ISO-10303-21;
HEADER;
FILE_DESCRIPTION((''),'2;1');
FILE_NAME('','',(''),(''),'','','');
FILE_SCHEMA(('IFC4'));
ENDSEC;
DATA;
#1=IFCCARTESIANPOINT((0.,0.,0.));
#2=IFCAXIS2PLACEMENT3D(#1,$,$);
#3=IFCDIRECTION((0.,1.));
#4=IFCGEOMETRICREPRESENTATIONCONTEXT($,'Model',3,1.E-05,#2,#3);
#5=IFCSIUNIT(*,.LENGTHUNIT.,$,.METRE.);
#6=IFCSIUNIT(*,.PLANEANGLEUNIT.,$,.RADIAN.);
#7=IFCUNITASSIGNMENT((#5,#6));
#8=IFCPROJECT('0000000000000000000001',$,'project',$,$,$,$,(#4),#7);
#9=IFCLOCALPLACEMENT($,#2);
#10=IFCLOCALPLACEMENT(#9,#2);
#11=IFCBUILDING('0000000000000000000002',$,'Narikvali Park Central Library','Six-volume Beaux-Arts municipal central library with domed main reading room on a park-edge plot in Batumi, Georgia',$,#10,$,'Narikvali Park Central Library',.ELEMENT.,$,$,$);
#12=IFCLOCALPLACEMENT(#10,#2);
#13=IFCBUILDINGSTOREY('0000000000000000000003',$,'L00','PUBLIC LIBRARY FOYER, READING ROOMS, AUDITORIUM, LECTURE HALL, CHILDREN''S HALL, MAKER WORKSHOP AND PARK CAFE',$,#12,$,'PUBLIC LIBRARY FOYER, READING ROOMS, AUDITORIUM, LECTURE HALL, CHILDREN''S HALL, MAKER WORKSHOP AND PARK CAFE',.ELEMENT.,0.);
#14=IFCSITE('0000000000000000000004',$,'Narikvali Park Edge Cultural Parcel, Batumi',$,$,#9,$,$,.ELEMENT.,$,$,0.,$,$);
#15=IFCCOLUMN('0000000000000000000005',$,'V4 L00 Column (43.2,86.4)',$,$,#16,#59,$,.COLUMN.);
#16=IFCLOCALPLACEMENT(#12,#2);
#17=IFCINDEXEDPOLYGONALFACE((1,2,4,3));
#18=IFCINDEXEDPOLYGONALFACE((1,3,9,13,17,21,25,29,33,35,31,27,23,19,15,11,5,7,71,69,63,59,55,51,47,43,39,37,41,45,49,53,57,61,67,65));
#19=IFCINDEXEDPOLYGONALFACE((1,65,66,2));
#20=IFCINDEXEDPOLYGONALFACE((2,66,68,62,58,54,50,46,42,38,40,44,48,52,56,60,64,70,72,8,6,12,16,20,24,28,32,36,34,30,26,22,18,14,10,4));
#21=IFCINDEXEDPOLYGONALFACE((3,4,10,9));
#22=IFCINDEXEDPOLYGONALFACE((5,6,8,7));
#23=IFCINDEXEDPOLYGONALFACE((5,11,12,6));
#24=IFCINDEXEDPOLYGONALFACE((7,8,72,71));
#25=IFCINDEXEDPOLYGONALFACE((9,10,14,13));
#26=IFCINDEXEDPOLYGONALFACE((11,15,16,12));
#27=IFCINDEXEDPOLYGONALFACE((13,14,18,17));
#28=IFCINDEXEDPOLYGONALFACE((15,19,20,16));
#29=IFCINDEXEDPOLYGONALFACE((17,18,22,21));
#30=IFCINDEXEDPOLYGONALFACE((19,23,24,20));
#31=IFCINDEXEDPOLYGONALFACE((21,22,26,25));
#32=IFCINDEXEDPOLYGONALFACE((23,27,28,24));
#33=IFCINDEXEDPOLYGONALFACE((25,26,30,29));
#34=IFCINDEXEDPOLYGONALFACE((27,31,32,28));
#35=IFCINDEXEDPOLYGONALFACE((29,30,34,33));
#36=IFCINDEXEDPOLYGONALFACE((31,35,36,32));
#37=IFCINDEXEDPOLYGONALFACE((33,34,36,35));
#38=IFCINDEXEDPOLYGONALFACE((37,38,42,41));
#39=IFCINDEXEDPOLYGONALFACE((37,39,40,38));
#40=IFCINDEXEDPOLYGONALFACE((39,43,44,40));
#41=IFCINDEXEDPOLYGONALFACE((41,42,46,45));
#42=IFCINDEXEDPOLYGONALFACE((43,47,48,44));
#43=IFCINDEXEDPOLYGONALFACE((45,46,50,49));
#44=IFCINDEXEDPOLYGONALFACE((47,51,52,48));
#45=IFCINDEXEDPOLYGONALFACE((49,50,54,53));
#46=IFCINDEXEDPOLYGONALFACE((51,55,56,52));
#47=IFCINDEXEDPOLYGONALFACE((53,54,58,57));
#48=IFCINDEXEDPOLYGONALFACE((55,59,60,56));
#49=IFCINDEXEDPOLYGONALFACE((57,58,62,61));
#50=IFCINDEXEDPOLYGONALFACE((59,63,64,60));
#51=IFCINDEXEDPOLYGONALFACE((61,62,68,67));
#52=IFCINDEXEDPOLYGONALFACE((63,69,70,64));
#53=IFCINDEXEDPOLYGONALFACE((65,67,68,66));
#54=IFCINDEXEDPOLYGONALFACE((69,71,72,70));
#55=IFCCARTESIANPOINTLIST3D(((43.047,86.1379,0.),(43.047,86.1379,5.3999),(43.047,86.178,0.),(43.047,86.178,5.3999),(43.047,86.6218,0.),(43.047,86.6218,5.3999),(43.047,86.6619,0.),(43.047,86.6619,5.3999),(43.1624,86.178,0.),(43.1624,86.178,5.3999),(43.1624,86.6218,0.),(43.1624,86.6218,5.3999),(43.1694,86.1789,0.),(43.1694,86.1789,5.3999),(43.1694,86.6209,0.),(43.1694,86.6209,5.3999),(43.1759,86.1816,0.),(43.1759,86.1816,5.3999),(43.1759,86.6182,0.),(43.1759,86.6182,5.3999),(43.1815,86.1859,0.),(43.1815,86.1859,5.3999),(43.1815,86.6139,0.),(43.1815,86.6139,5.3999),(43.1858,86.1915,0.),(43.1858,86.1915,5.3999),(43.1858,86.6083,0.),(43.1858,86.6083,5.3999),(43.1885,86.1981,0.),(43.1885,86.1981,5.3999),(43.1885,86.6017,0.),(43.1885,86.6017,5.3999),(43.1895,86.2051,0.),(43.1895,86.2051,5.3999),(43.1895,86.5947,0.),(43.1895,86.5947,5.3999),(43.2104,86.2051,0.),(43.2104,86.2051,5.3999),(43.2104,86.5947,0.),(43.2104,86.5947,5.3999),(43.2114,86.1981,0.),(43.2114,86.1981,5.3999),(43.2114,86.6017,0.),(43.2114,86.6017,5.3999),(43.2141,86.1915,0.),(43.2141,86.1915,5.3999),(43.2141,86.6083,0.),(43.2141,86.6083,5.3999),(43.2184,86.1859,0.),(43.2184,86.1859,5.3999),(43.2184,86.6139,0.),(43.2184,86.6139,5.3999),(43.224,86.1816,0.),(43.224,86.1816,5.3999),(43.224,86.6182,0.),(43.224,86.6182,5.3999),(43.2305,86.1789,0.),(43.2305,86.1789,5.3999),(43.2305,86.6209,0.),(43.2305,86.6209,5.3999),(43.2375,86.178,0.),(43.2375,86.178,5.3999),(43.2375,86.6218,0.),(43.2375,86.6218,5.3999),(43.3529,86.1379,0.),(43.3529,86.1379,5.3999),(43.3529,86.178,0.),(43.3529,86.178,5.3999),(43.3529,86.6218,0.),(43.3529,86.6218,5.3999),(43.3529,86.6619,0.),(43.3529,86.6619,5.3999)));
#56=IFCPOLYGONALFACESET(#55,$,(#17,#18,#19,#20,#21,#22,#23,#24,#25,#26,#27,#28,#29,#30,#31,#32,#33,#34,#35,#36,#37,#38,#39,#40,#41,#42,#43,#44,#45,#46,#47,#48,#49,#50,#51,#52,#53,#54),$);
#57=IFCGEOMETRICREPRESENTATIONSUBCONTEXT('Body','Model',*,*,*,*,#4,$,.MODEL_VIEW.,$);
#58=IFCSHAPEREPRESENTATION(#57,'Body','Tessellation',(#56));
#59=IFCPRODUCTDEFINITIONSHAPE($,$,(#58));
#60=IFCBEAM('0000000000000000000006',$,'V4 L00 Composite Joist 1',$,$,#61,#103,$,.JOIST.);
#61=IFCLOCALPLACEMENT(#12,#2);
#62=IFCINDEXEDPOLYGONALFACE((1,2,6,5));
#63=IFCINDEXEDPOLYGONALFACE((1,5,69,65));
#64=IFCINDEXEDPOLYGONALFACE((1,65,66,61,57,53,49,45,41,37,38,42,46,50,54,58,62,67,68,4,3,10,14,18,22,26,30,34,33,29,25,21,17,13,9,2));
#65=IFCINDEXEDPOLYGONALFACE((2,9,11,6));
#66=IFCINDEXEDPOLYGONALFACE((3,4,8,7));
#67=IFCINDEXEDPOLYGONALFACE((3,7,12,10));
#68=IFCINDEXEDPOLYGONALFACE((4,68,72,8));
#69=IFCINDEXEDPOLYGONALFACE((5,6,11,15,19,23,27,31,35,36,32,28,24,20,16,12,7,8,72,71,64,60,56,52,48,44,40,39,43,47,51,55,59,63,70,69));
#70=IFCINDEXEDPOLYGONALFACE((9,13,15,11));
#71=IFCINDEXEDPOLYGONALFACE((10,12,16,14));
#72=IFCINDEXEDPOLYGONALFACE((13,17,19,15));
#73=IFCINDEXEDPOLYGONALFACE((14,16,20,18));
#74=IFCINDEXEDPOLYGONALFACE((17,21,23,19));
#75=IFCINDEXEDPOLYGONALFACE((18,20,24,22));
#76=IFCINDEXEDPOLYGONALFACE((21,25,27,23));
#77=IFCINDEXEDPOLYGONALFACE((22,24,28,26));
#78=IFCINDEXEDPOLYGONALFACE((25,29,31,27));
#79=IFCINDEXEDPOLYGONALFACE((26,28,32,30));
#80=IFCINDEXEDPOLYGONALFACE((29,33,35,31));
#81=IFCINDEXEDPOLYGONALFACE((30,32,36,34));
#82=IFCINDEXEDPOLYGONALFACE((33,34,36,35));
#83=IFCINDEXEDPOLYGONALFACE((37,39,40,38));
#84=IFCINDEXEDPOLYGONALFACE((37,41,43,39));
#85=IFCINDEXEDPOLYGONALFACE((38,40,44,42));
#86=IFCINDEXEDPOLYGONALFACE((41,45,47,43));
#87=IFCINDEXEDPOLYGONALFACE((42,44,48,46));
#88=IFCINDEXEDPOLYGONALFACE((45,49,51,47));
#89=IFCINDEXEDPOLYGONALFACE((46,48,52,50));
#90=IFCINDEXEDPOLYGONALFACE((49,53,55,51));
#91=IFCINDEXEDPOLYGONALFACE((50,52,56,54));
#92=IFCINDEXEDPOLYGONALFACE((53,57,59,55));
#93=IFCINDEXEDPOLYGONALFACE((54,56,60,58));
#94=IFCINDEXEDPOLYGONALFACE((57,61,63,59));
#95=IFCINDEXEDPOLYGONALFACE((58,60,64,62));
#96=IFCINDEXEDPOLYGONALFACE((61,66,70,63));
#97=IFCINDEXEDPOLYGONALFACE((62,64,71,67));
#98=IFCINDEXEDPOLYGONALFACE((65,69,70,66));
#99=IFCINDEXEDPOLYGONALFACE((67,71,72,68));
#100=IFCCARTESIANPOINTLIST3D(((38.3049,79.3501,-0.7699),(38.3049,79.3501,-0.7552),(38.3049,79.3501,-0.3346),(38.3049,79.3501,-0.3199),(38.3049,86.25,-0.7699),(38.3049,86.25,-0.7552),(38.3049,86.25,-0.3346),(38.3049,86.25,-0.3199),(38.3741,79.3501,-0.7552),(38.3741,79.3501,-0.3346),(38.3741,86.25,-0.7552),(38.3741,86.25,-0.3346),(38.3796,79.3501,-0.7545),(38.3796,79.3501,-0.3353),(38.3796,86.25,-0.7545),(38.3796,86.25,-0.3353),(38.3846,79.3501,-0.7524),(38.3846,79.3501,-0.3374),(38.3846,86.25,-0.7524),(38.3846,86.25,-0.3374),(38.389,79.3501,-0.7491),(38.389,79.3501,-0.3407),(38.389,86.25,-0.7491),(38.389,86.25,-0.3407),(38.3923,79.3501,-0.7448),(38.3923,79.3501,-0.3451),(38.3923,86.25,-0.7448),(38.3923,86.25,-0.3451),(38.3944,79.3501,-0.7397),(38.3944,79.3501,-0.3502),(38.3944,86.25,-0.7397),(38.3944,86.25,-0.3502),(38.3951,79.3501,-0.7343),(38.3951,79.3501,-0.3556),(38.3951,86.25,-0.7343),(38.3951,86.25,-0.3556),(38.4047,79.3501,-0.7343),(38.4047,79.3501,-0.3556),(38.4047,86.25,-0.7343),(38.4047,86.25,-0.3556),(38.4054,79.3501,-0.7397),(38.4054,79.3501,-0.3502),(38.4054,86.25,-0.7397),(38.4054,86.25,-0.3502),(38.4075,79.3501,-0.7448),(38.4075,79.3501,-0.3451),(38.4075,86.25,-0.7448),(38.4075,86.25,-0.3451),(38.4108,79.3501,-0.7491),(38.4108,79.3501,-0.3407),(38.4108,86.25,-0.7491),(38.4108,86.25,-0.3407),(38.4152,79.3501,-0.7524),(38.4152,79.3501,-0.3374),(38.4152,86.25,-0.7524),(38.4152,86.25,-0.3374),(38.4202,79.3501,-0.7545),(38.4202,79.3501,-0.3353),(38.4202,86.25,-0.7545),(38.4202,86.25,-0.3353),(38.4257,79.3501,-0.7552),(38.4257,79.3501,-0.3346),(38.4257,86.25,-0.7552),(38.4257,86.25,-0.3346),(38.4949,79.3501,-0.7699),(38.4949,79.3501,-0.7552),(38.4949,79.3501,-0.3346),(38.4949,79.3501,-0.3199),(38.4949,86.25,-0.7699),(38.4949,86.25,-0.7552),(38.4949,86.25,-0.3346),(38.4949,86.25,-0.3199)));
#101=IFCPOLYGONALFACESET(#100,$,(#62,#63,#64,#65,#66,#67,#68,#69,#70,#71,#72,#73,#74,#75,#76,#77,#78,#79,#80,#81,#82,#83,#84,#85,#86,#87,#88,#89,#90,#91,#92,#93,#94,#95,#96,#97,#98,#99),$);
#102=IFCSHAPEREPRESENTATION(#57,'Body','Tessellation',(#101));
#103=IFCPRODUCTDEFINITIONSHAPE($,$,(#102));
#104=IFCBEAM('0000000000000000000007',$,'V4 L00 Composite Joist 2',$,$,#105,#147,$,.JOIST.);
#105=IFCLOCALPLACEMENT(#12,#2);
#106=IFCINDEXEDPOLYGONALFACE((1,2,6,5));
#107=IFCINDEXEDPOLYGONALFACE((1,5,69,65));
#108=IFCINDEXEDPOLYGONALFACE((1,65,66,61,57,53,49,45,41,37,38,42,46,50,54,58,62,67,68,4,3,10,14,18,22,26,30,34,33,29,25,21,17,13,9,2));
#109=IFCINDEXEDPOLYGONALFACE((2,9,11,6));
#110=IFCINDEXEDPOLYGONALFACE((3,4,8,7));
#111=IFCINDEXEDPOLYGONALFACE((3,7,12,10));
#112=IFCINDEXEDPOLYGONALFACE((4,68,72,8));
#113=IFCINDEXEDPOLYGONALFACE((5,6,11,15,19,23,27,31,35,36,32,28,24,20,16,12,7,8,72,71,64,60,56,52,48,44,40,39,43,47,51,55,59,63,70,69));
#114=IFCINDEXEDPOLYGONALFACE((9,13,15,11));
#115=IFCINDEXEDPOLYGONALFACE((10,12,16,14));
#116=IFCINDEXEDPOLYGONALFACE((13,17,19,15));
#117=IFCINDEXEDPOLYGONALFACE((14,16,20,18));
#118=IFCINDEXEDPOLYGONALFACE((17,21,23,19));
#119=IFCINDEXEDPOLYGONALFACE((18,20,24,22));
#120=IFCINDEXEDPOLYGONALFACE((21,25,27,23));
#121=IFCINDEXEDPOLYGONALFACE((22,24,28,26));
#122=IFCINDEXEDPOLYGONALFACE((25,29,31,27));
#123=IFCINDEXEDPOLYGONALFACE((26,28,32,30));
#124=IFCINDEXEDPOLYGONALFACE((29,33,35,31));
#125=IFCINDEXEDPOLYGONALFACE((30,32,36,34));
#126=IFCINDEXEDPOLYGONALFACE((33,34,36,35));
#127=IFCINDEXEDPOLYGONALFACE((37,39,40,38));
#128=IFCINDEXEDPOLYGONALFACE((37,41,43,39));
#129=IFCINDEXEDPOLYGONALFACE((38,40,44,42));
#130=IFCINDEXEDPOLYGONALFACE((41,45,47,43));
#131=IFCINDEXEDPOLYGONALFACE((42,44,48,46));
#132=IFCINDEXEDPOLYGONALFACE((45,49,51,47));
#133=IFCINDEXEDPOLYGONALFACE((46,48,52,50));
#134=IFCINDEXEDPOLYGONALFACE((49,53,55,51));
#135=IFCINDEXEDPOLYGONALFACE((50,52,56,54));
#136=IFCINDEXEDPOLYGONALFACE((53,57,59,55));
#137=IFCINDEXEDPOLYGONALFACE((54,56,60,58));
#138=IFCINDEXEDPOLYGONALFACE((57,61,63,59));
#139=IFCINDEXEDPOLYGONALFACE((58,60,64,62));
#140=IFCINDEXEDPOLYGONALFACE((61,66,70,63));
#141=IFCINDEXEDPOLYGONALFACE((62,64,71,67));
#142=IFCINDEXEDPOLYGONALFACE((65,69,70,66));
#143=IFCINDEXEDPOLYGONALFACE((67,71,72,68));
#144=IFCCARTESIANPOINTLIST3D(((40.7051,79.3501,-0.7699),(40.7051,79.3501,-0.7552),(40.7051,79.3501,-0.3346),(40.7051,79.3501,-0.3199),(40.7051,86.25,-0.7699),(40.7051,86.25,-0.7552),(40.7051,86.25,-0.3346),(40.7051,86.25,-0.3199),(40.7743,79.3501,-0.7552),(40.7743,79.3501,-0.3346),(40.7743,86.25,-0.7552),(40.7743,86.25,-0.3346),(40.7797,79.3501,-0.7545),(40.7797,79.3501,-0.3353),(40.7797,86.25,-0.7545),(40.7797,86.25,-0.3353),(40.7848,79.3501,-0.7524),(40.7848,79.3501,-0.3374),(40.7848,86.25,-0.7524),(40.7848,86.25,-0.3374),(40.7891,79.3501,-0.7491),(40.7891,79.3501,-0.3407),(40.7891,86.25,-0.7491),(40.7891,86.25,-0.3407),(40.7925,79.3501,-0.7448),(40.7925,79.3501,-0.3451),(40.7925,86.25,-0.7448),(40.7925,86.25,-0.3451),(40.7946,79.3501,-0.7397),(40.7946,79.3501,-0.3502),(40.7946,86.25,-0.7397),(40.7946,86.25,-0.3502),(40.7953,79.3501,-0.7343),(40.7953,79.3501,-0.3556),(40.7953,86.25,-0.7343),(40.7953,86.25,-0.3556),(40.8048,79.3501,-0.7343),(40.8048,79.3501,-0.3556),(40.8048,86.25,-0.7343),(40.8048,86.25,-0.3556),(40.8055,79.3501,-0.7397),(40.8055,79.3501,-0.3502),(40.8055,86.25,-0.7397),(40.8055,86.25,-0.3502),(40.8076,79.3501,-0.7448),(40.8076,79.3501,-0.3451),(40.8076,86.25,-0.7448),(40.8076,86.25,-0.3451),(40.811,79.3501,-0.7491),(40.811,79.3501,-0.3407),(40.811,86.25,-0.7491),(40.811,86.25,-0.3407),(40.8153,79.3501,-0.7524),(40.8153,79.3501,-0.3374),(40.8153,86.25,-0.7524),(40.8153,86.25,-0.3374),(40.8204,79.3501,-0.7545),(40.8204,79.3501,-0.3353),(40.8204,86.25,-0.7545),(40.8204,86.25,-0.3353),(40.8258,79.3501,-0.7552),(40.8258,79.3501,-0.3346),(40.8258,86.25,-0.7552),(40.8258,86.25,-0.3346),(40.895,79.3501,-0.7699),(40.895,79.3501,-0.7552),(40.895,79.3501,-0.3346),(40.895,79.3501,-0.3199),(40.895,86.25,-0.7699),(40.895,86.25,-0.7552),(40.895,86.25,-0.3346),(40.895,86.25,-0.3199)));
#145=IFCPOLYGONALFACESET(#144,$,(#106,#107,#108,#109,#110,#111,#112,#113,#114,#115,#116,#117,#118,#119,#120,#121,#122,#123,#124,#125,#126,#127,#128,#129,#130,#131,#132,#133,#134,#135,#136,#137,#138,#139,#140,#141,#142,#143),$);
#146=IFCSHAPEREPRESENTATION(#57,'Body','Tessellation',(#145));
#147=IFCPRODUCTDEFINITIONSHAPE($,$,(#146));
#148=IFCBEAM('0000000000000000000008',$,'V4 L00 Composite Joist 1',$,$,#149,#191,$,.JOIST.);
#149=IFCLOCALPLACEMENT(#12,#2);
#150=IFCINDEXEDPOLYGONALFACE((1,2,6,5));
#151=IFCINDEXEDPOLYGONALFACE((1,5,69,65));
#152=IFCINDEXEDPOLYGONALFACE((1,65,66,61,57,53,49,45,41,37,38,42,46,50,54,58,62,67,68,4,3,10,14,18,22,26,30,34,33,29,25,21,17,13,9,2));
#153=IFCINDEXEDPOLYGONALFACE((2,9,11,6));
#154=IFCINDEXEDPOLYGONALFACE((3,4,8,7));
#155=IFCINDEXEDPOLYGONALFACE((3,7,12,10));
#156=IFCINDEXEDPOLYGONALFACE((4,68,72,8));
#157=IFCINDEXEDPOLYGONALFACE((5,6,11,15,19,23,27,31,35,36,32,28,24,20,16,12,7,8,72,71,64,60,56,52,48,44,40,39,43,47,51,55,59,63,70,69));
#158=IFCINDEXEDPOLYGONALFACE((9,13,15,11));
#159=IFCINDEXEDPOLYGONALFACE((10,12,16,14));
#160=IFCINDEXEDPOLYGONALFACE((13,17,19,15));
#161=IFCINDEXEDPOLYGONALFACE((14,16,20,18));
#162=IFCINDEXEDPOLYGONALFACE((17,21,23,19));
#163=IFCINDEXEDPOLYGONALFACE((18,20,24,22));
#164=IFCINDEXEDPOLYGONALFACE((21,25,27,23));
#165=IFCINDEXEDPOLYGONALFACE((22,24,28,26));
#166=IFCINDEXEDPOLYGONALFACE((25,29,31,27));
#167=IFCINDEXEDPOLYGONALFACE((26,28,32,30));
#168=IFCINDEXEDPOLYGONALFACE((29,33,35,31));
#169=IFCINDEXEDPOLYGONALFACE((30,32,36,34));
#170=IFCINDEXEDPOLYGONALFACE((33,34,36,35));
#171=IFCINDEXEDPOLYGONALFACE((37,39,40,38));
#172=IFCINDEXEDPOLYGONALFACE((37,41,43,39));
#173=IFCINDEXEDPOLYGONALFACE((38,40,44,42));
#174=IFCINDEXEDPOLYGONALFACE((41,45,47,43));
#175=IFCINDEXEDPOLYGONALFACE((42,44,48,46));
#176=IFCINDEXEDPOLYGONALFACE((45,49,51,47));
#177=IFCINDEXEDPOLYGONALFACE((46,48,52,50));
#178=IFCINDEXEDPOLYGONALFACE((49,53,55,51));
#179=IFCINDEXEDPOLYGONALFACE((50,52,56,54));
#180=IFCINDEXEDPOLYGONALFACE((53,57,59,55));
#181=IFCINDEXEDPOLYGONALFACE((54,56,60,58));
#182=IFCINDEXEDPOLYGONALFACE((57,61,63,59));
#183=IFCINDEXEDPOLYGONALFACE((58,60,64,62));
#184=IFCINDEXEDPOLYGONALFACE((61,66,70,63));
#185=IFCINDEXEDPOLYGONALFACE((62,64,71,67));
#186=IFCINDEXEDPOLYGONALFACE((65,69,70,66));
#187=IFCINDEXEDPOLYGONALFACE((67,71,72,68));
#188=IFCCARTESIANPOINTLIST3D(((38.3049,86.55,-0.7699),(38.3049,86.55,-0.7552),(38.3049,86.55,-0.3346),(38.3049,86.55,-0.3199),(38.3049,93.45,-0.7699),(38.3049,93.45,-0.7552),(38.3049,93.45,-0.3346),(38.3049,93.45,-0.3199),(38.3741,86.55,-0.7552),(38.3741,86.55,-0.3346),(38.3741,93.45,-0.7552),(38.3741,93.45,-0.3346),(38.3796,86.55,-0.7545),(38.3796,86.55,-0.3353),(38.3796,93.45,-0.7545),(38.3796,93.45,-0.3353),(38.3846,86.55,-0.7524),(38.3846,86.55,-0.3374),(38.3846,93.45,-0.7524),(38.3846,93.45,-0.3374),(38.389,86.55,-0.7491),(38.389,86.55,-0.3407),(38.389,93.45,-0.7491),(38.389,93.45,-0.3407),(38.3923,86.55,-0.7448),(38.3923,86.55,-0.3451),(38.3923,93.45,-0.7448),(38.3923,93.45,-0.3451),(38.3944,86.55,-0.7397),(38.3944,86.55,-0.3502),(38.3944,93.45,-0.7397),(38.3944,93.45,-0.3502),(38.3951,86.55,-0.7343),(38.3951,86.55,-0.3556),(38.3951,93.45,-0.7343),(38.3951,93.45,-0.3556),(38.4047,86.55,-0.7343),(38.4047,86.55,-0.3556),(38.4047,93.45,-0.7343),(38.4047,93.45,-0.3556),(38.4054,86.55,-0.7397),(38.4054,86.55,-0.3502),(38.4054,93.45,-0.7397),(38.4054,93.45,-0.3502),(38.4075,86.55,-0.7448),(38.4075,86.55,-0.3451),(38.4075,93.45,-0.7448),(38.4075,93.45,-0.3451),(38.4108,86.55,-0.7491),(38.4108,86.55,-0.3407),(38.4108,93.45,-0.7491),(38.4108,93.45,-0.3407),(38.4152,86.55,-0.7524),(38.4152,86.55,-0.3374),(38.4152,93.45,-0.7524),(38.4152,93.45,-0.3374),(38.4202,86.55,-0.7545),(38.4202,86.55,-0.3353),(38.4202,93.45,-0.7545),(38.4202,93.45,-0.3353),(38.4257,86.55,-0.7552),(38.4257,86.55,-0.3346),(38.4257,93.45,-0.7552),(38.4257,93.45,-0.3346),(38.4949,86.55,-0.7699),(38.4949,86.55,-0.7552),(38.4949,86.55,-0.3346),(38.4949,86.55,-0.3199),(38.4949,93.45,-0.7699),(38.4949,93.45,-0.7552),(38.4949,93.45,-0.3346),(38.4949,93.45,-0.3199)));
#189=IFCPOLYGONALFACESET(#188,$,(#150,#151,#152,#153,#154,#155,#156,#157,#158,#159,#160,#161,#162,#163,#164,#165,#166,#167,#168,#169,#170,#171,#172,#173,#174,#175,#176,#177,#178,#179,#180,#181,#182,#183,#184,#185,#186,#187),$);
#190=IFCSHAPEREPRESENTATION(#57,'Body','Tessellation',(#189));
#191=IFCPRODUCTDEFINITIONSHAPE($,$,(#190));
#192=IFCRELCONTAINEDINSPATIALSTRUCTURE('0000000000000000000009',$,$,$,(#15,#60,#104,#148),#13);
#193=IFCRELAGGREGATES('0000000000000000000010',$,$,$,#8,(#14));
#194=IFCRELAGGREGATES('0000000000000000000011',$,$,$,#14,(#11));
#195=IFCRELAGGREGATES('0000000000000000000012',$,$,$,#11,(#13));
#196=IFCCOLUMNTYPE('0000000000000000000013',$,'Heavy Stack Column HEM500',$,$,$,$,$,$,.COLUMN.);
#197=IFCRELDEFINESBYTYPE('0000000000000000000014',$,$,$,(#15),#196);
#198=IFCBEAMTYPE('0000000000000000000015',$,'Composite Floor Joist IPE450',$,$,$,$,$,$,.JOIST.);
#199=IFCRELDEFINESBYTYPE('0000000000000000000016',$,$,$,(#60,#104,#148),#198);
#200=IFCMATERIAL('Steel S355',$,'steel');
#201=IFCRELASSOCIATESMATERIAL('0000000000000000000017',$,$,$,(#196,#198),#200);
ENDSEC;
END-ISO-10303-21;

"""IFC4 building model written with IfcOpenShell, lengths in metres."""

from ifc_helpers import new_model, si_unit, direction, frame, origin, origin_2d, place, context, subcontext, project, spatial, i_section, extrude, material, material_profile, profile_set, type_object, element, save


model = new_model("IFC4")

# Units and contexts
model_context = context("Model", 3, precision=1e-05, world=origin(), true_north=direction((0.0, 1.0)))
body_context = subcontext(model_context, "Body", "Model", "MODEL_VIEW")
ifc_project = project(units=[si_unit("LENGTHUNIT", "METRE"), si_unit("PLANEANGLEUNIT", "RADIAN")], contexts=[model_context])

# Site, building, storey
site_placement = place(None, origin())
site = spatial("IfcSite", under=ifc_project, at=site_placement, Name="Narikvali Park Edge Cultural Parcel, Batumi", CompositionType="ELEMENT", RefElevation=0.0)
building_placement = place(site_placement, origin())
building = spatial("IfcBuilding", under=site, at=building_placement, Name="Narikvali Park Central Library", Description="Six-volume Beaux-Arts municipal central library with domed main reading room on a park-edge plot in Batumi, Georgia", LongName="Narikvali Park Central Library", CompositionType="ELEMENT")
storey_placement = place(building_placement, origin())
storey = spatial("IfcBuildingStorey", under=building, at=storey_placement, Name="L00", Description="PUBLIC LIBRARY FOYER, READING ROOMS, AUDITORIUM, LECTURE HALL, CHILDREN'S HALL, MAKER WORKSHOP AND PARK CAFE", LongName="PUBLIC LIBRARY FOYER, READING ROOMS, AUDITORIUM, LECTURE HALL, CHILDREN'S HALL, MAKER WORKSHOP AND PARK CAFE", CompositionType="ELEMENT", Elevation=0.0)

# Column
ifc_material_1 = material(Name="Steel S355", Category="steel")
ifc_material_profile_1 = material_profile(ifc_material_1, i_section(OverallWidth=0.3059, OverallDepth=0.5239, WebThickness=0.021, FlangeThickness=0.04, FilletRadius=0.0271, at=origin_2d()), Name="HEM 500")
ifc_profile_set_1 = profile_set([ifc_material_profile_1], Name="Steel S355")
column_type = type_object("IfcColumnType", Name="Heavy Stack Column HEM500", PredefinedType="COLUMN", material=ifc_profile_set_1)
column_placement = place(storey_placement, frame((43.2, 86.3999, 0.0), z_axis=(0.0, 0.0, 1.0), x_axis=(1.0, 0.0, 0.0)))
element("IfcColumn", 1, at=column_placement, inside=storey, type_object=column_type, Name="V4 L00 Column (43.2,86.4)", PredefinedType="COLUMN", context=body_context, shape_type="SweptSolid", body=[
    extrude(i_section(OverallWidth=0.3059, OverallDepth=0.5239, WebThickness=0.021, FlangeThickness=0.04, FilletRadius=0.0271, at=origin_2d()), origin(), (0.0, 0.0, 1.0), 5.3999),
])

# Beams
ifc_material_profile_2 = material_profile(ifc_material_1, i_section(OverallWidth=0.1899, OverallDepth=0.45, WebThickness=0.0095, FlangeThickness=0.0146, FilletRadius=0.021, at=origin_2d()), Name="IPE 450")
ifc_profile_set_2 = profile_set([ifc_material_profile_2], Name="Steel S355")
beam_type_1 = type_object("IfcBeamType", Name="Composite Floor Joist IPE450", PredefinedType="JOIST", material=ifc_profile_set_2)
for number, where, z_axis, x_axis, name in (
    (2, (38.3999, 79.3501, -0.5449), (0.0, 1.0, 0.0), (-1.0, 0.0, 0.0), "V4 L00 Composite Joist 1"),
    (3, (40.8, 79.3501, -0.5449), (0.0, 1.0, 0.0), (-1.0, 0.0, 0.0), "V4 L00 Composite Joist 2"),
    (4, (38.3999, 86.55, -0.5449), (0.0, 1.0, 0.0), (-1.0, 0.0, 0.0), "V4 L00 Composite Joist 1"),
):
    element("IfcBeam", number, at=place(storey_placement, frame(where, z_axis=z_axis, x_axis=x_axis)), inside=storey, type_object=beam_type_1, Name=name, PredefinedType="JOIST", context=body_context, shape_type="SweptSolid", body=[
        extrude(i_section(OverallWidth=0.1899, OverallDepth=0.45, WebThickness=0.0095, FlangeThickness=0.0146, FilletRadius=0.021, at=origin_2d()), origin(), (0.0, 0.0, 1.0), 6.8999),
    ])

save(model, "model.ifc")
